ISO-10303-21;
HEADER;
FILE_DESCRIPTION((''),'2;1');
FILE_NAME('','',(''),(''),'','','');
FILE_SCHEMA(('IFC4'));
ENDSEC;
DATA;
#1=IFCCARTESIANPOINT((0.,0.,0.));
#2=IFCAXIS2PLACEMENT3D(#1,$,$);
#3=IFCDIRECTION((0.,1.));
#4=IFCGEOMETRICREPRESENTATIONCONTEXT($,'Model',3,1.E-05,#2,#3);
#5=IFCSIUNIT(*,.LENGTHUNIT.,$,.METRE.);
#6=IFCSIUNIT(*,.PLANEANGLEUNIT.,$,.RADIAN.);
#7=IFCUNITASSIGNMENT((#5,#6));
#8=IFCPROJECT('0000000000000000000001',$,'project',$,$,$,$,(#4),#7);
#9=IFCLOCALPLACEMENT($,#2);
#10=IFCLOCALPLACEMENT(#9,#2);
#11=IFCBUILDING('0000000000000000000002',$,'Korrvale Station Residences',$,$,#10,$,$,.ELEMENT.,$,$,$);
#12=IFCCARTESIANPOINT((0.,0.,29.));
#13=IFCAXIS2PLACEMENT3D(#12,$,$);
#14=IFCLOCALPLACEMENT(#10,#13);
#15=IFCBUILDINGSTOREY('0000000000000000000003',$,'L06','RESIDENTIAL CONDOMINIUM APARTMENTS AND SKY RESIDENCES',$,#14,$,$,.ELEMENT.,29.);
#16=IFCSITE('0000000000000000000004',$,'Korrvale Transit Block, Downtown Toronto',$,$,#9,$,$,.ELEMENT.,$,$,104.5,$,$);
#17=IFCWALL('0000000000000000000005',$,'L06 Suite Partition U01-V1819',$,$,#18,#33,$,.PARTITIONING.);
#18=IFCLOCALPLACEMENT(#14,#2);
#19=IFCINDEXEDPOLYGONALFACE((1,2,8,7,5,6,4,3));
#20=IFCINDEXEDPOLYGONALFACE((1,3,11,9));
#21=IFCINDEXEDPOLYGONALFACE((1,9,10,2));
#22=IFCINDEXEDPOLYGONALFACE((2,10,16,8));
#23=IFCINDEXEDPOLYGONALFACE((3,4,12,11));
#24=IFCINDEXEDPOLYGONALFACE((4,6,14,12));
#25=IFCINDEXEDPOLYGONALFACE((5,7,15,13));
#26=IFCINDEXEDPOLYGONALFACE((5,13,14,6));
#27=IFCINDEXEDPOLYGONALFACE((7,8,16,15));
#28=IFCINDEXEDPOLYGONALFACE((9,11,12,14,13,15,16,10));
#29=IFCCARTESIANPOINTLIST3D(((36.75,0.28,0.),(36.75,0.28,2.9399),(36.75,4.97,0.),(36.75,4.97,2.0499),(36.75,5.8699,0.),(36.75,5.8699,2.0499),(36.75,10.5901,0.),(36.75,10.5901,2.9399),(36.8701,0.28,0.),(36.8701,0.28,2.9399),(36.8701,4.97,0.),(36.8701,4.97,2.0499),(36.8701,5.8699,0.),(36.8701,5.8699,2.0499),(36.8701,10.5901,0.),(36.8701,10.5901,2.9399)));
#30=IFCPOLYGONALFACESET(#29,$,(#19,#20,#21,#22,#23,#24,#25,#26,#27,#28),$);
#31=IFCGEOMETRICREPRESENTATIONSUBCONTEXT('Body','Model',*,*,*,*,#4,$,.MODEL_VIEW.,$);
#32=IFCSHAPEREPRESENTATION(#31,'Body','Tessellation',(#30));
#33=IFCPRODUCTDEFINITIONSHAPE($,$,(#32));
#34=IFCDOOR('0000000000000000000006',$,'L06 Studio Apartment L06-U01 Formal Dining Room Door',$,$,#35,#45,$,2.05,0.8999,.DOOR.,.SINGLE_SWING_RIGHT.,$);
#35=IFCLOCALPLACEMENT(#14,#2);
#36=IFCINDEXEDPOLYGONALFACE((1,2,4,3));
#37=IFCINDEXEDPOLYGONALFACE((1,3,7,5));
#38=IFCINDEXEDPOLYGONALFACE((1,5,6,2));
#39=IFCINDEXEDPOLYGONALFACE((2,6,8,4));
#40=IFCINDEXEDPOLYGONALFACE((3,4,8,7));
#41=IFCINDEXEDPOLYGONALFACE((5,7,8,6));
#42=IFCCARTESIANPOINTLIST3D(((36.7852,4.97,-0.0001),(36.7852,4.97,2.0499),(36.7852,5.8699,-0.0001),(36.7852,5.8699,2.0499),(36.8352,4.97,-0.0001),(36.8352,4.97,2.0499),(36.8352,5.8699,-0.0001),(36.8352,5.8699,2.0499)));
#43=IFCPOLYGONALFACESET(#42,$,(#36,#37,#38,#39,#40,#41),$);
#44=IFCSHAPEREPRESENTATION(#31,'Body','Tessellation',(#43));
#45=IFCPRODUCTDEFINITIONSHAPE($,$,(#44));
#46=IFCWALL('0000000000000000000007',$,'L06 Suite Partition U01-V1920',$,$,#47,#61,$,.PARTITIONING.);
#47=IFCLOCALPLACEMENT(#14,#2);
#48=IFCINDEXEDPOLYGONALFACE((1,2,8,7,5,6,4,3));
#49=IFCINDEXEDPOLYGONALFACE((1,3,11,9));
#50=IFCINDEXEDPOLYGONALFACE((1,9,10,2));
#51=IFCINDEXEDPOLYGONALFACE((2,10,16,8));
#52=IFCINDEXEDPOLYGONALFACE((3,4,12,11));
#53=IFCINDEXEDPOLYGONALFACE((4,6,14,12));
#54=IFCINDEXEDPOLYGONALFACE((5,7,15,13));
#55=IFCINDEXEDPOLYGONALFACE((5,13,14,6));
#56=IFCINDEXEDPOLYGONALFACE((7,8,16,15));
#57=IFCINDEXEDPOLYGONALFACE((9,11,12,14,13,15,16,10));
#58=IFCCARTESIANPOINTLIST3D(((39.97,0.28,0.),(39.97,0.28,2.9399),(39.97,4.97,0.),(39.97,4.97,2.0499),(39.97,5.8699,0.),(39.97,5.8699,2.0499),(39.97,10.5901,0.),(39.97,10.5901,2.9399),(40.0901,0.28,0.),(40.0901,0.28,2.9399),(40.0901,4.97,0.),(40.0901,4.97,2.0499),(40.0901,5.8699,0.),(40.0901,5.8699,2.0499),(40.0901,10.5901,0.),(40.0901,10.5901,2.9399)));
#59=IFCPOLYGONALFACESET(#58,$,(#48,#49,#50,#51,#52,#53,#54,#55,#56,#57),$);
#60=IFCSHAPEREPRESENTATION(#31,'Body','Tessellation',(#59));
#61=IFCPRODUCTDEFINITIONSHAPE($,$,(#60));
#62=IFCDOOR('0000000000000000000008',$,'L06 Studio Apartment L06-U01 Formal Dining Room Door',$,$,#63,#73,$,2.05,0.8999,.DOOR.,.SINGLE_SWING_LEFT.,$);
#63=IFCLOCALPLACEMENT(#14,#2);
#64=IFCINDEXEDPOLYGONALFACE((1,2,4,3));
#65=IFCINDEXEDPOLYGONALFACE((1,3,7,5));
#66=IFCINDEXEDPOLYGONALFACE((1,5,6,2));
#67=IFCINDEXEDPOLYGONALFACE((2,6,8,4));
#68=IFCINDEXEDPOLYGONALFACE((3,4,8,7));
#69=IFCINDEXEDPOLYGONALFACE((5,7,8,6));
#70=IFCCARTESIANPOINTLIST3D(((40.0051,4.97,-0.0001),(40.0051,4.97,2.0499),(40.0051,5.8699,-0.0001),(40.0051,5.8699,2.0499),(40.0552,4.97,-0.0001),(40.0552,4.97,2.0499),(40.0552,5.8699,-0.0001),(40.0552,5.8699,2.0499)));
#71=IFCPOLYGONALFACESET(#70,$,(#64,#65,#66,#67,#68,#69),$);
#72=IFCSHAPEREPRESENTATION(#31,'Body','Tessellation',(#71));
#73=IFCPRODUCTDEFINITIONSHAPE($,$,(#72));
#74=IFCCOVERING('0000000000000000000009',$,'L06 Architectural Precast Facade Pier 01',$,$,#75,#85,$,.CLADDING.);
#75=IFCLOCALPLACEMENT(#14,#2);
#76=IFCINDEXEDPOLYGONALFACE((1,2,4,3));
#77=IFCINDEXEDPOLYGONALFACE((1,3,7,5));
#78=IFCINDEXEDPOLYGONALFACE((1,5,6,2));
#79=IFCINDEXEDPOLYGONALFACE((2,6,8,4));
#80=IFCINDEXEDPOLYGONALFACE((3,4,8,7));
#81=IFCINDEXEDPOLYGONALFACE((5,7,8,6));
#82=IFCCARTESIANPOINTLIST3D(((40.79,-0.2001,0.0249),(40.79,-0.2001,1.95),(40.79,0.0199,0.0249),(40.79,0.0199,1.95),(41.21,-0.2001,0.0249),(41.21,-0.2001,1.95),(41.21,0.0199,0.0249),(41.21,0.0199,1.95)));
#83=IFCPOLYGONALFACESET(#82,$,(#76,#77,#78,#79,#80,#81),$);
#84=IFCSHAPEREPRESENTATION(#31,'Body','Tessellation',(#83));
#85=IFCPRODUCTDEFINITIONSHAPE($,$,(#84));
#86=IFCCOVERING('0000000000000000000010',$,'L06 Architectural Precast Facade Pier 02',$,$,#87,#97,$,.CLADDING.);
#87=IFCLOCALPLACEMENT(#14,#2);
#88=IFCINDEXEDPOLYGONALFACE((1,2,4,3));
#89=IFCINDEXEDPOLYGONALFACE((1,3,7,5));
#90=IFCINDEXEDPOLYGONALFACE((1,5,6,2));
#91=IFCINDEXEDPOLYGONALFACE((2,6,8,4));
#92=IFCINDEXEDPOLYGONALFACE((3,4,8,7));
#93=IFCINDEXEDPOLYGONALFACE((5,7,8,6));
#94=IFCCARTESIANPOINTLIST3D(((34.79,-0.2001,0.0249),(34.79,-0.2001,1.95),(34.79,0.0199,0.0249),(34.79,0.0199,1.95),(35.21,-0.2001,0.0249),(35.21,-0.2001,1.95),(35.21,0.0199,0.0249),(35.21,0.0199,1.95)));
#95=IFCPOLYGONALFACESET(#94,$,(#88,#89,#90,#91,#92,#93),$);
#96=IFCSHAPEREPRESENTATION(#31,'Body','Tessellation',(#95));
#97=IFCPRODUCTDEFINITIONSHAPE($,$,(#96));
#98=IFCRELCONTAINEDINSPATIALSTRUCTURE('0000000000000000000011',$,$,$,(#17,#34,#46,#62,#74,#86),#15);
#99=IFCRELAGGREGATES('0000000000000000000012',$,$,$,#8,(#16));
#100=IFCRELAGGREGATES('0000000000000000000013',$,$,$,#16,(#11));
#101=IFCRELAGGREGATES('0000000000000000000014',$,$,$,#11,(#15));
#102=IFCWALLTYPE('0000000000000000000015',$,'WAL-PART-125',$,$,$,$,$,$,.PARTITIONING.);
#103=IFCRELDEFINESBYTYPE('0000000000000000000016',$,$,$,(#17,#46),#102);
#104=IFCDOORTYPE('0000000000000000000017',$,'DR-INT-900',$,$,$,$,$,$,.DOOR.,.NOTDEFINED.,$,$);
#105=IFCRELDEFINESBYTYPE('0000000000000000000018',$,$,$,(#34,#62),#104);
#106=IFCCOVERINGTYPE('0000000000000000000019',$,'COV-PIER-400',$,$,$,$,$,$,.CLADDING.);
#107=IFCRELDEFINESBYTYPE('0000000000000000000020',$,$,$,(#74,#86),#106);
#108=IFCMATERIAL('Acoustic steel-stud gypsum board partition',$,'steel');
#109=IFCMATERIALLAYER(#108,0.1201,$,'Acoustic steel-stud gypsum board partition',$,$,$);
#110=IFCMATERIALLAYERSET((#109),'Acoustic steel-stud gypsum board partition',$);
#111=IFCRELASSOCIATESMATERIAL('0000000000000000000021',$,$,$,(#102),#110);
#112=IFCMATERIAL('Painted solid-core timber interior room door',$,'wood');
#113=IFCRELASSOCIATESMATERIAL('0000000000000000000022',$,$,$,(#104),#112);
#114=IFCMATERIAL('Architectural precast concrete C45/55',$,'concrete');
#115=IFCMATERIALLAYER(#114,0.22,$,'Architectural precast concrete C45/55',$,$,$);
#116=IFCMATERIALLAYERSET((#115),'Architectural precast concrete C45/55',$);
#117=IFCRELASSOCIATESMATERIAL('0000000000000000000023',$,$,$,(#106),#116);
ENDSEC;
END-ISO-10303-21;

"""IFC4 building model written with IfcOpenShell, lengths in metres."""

from ifc_helpers import new_model, si_unit, direction, frame, frame_2d, origin, origin_2d, place, context, subcontext, project, spatial, rectangle, extrude, material, layer, layer_set, type_object, element, fill, save


model = new_model("IFC4")

# Units and contexts
model_context = context("Model", 3, precision=1e-05, world=origin(), true_north=direction((0.0, 1.0)))
body_context = subcontext(model_context, "Body", "Model", "MODEL_VIEW")
ifc_project = project(units=[si_unit("LENGTHUNIT", "METRE"), si_unit("PLANEANGLEUNIT", "RADIAN")], contexts=[model_context])

# Site, building, storey
site_placement = place(None, origin())
site = spatial("IfcSite", under=ifc_project, at=site_placement, Name="Korrvale Transit Block, Downtown Toronto", CompositionType="ELEMENT", RefElevation=104.5)
building_placement = place(site_placement, origin())
building = spatial("IfcBuilding", under=site, at=building_placement, Name="Korrvale Station Residences", CompositionType="ELEMENT")
storey_placement = place(building_placement, frame((0.0, 0.0, 29.0)))
storey = spatial("IfcBuildingStorey", under=building, at=storey_placement, Name="L06", Description="RESIDENTIAL CONDOMINIUM APARTMENTS AND SKY RESIDENCES", CompositionType="ELEMENT", Elevation=29.0)

# Shared definitions
ifc_material_1 = material(Name="Acoustic steel-stud gypsum board partition", Category="steel")
ifc_layer_1 = layer(ifc_material_1, 0.1201, Name="Acoustic steel-stud gypsum board partition")
ifc_layer_set_1 = layer_set([ifc_layer_1], Name="Acoustic steel-stud gypsum board partition")
wall_type = type_object("IfcWallType", Name="WAL-PART-125", PredefinedType="PARTITIONING", material=ifc_layer_set_1)

# Shared definitions
ifc_material_2 = material(Name="Painted solid-core timber interior room door", Category="wood")
door_type = type_object("IfcDoorType", Name="DR-INT-900", OperationType="NOTDEFINED", PredefinedType="DOOR", material=ifc_material_2)

# Walls, openings, doors
wall_1_placement = place(storey_placement, frame((36.8101, 0.28, 0.0), z_axis=(0.0, 0.0, 1.0), x_axis=(0.0, 1.0, 0.0)))
wall_1 = element("IfcWall", 1, at=wall_1_placement, inside=storey, type_object=wall_type, Name="L06 Suite Partition U01-V1819", PredefinedType="PARTITIONING", context=body_context, shape_type="SweptSolid", body=[
    extrude(rectangle(XDim=10.3101, YDim=0.1201, at=frame_2d((5.155, 0.0))), origin(), (0.0, 0.0, 1.0), 2.9399),
])
opening_1_placement = place(wall_1_placement, frame((4.6899, 0.0, 0.0)))
opening_1 = element("IfcOpeningElement", 2, at=opening_1_placement, cuts=wall_1, PredefinedType="OPENING", context=body_context, shape_type="SweptSolid", body=[
    extrude(rectangle(XDim=0.8999, YDim=2.05, at=frame_2d((0.45, 1.0249))), frame((0.0, 0.0701, 0.0), z_axis=(0.0, -1.0, 0.0), x_axis=(1.0, 0.0, 0.0)), (0.0, 0.0, 1.0), 0.1401),
])
door_1_placement = place(opening_1_placement, origin())
door_1 = element("IfcDoor", 3, at=door_1_placement, inside=storey, type_object=door_type, Name="L06 Studio Apartment L06-U01 Formal Dining Room Door", OperationType="SINGLE_SWING_RIGHT", OverallHeight=2.05, OverallWidth=0.8999, PredefinedType="DOOR", context=body_context, shape_type="SweptSolid", body=[
    extrude(rectangle(XDim=0.8999, YDim=2.05, at=frame_2d((0.45, 1.0249))), frame((0.0, 0.0249, 0.0), z_axis=(0.0, -1.0, 0.0), x_axis=(1.0, 0.0, 0.0)), (0.0, 0.0, 1.0), 0.05),
])
fill(opening_1, door_1)
wall_2_placement = place(storey_placement, frame((40.03, 0.28, 0.0), z_axis=(0.0, 0.0, 1.0), x_axis=(0.0, 1.0, 0.0)))
wall_2 = element("IfcWall", 4, at=wall_2_placement, inside=storey, type_object=wall_type, Name="L06 Suite Partition U01-V1920", PredefinedType="PARTITIONING", context=body_context, shape_type="SweptSolid", body=[
    extrude(rectangle(XDim=10.3101, YDim=0.1201, at=frame_2d((5.155, 0.0))), origin(), (0.0, 0.0, 1.0), 2.9399),
])
opening_2_placement = place(wall_2_placement, frame((4.6899, 0.0, 0.0)))
opening_2 = element("IfcOpeningElement", 5, at=opening_2_placement, cuts=wall_2, PredefinedType="OPENING", context=body_context, shape_type="SweptSolid", body=[
    extrude(rectangle(XDim=0.8999, YDim=2.05, at=frame_2d((0.45, 1.0249))), frame((0.0, 0.0701, 0.0), z_axis=(0.0, -1.0, 0.0), x_axis=(1.0, 0.0, 0.0)), (0.0, 0.0, 1.0), 0.1401),
])
door_2_placement = place(opening_2_placement, origin())
door_2 = element("IfcDoor", 6, at=door_2_placement, inside=storey, type_object=door_type, Name="L06 Studio Apartment L06-U01 Formal Dining Room Door", OperationType="SINGLE_SWING_LEFT", OverallHeight=2.05, OverallWidth=0.8999, PredefinedType="DOOR", context=body_context, shape_type="SweptSolid", body=[
    extrude(rectangle(XDim=0.8999, YDim=2.05, at=frame_2d((0.45, 1.0249))), frame((0.0, 0.0249, 0.0), z_axis=(0.0, -1.0, 0.0), x_axis=(1.0, 0.0, 0.0)), (0.0, 0.0, 1.0), 0.05),
])
fill(opening_2, door_2)

# Coverings
ifc_material_3 = material(Name="Architectural precast concrete C45/55", Category="concrete")
ifc_layer_2 = layer(ifc_material_3, 0.22, Name="Architectural precast concrete C45/55")
ifc_layer_set_2 = layer_set([ifc_layer_2], Name="Architectural precast concrete C45/55")
covering_type = type_object("IfcCoveringType", Name="COV-PIER-400", PredefinedType="CLADDING", material=ifc_layer_set_2)
for number, where, z_axis, x_axis, name in (
    (7, (41.0, -0.0901, 0.0249), (0.0, 0.0, 1.0), (1.0, 0.0, 0.0), "L06 Architectural Precast Facade Pier 01"),
    (8, (35.0, -0.0901, 0.0249), (0.0, 0.0, 1.0), (1.0, 0.0, 0.0), "L06 Architectural Precast Facade Pier 02"),
):
    element("IfcCovering", number, at=place(storey_placement, frame(where, z_axis=z_axis, x_axis=x_axis)), inside=storey, type_object=covering_type, Name=name, PredefinedType="CLADDING", context=body_context, shape_type="SweptSolid", body=[
        extrude(rectangle(XDim=0.4199, YDim=0.22, at=origin_2d()), origin(), (0.0, 0.0, 1.0), 1.925),
    ])

save(model, "model.ifc")
